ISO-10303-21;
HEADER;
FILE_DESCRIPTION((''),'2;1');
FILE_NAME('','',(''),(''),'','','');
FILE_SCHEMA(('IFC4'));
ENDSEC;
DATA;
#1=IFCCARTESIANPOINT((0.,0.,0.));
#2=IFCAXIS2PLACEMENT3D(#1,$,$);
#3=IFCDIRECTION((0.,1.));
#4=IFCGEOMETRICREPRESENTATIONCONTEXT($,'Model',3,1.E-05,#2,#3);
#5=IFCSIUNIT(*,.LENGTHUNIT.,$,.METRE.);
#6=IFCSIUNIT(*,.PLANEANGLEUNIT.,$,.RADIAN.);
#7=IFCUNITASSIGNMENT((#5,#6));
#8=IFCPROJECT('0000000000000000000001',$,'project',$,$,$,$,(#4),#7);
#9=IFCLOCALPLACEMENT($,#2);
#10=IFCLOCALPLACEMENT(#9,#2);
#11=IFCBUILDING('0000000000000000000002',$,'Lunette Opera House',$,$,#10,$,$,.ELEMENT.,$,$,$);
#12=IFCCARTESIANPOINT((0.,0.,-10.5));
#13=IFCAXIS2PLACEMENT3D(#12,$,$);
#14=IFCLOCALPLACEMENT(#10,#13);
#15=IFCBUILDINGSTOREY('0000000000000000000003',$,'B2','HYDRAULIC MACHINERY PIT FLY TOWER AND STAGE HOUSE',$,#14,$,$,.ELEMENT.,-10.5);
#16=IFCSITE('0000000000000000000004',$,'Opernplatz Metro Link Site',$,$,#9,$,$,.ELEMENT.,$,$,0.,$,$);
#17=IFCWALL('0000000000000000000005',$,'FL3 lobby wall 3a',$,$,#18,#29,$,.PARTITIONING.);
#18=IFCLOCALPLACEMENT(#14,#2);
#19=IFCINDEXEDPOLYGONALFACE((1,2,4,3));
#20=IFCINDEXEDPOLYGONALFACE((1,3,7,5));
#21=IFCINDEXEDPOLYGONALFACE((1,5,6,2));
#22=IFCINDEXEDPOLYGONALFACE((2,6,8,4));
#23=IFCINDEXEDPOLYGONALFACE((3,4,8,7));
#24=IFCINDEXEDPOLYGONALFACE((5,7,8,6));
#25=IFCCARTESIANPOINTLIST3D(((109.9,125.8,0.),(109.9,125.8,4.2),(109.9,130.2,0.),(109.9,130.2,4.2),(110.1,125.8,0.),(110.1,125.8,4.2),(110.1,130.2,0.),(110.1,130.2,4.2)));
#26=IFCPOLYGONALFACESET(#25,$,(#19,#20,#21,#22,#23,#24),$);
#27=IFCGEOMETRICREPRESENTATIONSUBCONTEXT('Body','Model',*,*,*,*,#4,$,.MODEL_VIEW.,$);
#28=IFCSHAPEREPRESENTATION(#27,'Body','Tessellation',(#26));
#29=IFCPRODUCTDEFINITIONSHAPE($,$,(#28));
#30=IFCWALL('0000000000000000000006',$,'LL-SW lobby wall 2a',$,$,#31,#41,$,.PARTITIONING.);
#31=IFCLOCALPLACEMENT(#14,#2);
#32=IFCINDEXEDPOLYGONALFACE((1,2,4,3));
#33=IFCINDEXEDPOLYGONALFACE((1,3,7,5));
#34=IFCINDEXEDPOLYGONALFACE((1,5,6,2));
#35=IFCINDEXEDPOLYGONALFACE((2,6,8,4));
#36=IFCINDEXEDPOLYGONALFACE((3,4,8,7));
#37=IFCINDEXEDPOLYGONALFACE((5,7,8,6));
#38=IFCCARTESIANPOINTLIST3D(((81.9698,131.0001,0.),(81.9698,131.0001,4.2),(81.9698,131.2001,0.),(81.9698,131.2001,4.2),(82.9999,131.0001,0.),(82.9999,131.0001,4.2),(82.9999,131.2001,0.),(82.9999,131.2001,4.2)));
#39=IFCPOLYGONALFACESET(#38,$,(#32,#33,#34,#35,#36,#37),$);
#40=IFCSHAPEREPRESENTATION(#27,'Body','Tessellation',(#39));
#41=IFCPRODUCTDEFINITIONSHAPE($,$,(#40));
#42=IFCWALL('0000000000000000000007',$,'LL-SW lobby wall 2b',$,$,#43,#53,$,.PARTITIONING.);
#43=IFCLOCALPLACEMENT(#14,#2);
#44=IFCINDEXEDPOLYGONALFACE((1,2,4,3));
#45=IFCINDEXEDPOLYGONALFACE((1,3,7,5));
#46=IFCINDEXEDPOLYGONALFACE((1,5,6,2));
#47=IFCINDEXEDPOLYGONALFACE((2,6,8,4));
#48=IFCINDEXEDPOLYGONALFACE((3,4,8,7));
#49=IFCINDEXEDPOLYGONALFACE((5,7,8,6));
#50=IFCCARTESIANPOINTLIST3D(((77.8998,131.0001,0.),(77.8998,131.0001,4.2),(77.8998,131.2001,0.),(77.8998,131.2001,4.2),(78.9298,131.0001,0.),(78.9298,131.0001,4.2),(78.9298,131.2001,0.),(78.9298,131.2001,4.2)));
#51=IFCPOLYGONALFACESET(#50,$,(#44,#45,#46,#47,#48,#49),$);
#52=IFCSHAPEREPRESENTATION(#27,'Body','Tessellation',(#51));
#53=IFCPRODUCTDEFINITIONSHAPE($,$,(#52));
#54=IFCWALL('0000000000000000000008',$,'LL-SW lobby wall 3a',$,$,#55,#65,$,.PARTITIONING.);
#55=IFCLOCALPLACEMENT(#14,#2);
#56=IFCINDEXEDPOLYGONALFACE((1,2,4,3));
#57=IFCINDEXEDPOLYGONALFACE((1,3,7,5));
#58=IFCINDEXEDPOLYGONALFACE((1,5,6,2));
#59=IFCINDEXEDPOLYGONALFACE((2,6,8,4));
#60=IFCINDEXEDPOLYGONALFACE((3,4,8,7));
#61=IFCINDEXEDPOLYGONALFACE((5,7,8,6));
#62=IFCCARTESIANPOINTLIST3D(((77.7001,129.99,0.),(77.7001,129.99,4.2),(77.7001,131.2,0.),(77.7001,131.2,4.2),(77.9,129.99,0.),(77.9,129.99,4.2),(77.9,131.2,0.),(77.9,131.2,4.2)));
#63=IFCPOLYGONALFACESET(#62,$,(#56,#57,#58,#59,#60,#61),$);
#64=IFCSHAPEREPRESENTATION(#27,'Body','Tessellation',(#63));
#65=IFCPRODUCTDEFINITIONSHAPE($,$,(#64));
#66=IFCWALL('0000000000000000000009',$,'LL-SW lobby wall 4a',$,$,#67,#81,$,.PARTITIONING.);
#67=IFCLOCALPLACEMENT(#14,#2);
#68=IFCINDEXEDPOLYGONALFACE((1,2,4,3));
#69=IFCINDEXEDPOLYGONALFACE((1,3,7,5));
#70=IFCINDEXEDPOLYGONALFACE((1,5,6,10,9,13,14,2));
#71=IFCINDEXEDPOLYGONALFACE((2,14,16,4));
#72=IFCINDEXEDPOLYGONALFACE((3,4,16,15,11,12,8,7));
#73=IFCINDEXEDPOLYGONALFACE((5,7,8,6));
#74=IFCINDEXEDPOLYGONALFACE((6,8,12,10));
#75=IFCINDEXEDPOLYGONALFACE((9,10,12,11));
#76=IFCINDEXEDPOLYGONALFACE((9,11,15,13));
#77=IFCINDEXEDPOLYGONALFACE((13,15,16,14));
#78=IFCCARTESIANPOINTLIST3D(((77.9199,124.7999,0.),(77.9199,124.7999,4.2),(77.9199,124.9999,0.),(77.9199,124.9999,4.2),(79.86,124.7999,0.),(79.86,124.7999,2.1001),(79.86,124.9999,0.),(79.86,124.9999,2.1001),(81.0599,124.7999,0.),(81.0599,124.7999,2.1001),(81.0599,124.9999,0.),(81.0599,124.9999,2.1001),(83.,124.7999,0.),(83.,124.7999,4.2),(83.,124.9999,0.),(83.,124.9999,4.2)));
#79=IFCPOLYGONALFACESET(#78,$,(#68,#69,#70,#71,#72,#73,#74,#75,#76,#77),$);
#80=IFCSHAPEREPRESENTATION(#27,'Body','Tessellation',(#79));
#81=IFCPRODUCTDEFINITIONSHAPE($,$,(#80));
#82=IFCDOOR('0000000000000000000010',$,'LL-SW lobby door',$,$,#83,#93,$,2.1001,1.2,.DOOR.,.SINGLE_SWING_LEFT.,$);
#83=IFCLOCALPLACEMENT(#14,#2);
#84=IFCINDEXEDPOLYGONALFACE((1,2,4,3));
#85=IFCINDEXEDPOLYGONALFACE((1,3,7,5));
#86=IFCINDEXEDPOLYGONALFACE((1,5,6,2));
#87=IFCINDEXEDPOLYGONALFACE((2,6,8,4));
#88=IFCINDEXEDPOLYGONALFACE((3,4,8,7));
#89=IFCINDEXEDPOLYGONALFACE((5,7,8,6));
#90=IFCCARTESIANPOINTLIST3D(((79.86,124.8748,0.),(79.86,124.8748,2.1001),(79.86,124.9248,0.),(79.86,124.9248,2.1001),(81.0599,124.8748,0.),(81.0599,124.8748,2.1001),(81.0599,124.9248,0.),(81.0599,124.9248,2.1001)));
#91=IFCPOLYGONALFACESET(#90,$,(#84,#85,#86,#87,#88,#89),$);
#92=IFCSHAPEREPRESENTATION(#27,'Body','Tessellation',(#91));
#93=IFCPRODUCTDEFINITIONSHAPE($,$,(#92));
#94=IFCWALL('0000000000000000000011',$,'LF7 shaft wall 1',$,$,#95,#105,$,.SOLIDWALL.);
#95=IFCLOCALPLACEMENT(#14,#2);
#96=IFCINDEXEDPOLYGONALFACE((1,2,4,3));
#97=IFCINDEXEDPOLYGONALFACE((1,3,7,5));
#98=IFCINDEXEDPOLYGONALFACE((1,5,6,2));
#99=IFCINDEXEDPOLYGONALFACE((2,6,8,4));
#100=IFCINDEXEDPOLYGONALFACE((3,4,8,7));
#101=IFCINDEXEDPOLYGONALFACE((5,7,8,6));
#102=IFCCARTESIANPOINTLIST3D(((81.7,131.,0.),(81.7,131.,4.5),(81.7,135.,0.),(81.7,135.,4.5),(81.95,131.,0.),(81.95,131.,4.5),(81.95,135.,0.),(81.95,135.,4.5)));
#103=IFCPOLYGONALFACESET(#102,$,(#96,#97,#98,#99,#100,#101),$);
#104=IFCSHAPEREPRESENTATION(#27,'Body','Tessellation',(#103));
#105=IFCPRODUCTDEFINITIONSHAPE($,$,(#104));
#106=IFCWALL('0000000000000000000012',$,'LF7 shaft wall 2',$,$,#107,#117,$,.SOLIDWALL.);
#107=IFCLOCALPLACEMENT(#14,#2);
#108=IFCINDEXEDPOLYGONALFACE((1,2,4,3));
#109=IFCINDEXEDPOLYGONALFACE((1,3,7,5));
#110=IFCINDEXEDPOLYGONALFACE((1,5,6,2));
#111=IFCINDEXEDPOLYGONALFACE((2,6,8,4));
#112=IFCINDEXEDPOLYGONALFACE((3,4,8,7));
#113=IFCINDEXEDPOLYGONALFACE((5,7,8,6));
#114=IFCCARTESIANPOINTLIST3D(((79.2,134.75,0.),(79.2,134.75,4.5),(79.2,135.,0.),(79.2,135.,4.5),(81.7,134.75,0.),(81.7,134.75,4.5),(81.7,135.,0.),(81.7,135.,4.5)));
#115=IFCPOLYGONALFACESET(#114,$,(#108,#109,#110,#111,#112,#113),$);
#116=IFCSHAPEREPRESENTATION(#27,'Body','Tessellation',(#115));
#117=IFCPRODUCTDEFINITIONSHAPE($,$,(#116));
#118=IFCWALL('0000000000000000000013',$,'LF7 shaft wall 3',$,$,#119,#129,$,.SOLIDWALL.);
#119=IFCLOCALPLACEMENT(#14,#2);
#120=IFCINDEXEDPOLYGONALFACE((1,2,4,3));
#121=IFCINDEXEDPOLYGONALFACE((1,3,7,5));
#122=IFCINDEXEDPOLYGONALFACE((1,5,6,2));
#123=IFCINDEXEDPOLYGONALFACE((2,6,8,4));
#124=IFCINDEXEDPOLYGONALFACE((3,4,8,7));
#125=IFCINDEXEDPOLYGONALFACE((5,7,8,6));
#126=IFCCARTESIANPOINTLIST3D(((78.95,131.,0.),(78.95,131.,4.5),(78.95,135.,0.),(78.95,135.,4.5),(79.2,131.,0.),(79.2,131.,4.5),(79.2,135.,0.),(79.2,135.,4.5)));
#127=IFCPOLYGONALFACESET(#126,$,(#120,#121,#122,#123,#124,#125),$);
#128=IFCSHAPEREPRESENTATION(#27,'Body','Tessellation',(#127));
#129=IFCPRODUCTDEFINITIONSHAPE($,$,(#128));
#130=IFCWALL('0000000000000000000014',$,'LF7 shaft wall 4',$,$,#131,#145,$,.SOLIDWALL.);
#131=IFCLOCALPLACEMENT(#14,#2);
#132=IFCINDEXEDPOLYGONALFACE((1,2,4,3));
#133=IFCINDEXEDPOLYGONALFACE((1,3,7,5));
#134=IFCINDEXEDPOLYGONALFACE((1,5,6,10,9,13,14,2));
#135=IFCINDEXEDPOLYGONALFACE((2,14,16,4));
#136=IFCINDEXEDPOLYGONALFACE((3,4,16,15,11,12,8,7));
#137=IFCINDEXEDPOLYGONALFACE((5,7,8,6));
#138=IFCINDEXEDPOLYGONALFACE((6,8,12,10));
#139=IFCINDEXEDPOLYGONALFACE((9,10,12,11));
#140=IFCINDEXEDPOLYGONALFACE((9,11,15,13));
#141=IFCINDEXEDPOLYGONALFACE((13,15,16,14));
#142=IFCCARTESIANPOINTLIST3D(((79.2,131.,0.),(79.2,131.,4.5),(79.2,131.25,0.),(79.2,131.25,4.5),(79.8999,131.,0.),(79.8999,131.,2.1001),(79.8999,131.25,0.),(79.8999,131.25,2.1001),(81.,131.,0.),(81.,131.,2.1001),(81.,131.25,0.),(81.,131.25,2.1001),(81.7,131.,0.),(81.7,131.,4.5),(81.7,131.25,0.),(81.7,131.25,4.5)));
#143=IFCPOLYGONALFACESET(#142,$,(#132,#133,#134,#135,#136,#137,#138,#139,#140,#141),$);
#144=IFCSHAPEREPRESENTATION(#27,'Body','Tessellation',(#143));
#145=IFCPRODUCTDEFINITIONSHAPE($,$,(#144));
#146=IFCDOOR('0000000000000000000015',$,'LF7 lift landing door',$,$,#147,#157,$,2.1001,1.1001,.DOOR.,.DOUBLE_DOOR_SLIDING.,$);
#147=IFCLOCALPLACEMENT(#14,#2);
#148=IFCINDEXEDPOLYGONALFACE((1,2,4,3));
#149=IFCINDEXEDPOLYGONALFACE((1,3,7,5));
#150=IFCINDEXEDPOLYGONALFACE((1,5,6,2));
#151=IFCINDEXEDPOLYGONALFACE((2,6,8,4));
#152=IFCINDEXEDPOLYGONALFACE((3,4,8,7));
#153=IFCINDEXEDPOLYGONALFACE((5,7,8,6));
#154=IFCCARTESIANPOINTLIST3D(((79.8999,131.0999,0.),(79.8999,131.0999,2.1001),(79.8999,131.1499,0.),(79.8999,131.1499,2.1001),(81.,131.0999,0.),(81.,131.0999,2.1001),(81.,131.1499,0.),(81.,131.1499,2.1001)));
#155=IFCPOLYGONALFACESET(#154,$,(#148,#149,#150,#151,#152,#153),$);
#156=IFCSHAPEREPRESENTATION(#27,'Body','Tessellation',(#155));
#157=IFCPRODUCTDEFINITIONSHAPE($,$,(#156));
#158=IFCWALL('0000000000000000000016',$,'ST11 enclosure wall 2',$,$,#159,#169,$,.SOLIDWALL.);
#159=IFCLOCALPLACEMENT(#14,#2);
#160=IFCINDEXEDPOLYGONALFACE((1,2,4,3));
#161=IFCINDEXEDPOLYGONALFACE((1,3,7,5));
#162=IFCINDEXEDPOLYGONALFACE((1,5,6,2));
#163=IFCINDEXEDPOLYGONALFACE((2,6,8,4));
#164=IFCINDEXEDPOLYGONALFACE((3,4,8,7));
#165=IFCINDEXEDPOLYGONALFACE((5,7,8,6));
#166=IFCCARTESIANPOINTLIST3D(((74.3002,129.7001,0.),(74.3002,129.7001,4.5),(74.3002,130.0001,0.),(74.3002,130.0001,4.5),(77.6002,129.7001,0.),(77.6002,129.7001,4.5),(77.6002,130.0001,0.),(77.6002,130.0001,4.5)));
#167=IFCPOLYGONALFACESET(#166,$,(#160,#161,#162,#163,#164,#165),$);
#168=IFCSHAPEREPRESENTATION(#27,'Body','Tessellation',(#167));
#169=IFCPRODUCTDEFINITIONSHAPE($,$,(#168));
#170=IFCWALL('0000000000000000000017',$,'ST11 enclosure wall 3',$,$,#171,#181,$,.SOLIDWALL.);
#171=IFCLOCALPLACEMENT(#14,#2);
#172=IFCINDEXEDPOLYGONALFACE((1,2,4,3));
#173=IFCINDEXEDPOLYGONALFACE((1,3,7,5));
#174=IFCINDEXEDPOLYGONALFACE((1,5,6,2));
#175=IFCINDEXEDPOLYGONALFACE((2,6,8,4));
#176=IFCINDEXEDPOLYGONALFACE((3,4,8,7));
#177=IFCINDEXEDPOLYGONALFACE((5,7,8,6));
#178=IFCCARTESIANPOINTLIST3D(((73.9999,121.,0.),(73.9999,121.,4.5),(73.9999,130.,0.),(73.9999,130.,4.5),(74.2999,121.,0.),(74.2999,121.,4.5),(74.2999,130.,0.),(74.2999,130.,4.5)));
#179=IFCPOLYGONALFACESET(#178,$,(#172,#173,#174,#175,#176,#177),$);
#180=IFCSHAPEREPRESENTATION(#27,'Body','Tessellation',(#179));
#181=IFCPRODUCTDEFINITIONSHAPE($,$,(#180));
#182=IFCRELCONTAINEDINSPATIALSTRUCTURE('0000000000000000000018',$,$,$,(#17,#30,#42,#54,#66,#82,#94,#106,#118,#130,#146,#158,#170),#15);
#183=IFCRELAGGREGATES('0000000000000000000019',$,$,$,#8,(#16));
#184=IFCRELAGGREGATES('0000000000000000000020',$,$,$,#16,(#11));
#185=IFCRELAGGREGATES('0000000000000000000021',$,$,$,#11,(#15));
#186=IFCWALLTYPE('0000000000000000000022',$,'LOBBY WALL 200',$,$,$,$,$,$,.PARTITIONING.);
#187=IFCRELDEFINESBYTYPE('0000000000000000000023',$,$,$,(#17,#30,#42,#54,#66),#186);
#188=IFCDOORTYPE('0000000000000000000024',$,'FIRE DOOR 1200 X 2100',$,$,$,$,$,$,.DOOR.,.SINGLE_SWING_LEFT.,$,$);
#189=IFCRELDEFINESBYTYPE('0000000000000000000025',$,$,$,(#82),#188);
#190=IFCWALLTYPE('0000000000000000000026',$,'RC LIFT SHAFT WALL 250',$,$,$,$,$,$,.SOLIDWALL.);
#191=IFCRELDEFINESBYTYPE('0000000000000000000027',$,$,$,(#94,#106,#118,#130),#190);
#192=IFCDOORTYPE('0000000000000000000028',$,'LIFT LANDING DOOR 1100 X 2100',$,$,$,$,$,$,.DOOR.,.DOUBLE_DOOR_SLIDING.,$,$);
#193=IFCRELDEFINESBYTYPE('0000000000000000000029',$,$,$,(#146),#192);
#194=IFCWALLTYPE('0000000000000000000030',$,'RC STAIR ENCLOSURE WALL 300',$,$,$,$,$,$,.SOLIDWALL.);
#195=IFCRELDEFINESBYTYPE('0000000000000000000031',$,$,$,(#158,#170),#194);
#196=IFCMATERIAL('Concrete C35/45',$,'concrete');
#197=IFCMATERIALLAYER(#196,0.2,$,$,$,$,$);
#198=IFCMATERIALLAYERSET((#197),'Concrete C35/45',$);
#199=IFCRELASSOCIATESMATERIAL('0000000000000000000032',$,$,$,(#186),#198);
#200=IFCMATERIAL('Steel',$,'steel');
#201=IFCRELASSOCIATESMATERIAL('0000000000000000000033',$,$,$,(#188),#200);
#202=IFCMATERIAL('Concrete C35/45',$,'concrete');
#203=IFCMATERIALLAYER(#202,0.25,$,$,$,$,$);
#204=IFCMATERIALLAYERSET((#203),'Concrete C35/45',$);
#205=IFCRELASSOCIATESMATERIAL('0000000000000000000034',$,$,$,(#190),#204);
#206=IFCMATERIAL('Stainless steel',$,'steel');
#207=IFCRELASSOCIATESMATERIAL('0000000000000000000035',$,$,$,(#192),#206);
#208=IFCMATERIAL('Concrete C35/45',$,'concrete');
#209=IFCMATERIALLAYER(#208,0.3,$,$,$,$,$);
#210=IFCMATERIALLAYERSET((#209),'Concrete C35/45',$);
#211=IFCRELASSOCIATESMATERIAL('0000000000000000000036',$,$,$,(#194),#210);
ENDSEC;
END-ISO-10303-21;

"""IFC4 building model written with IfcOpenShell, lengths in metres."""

from ifc_helpers import new_model, si_unit, direction, frame, frame_2d, origin, place, context, subcontext, project, spatial, rectangle, extrude, material, layer, layer_set, type_object, element, fill, save


model = new_model("IFC4")

# Units and contexts
model_context = context("Model", 3, precision=1e-05, world=origin(), true_north=direction((0.0, 1.0)))
body_context = subcontext(model_context, "Body", "Model", "MODEL_VIEW")
ifc_project = project(units=[si_unit("LENGTHUNIT", "METRE"), si_unit("PLANEANGLEUNIT", "RADIAN")], contexts=[model_context])

# Site, building, storey
site_placement = place(None, origin())
site = spatial("IfcSite", under=ifc_project, at=site_placement, Name="Opernplatz Metro Link Site", CompositionType="ELEMENT", RefElevation=0.0)
building_placement = place(site_placement, origin())
building = spatial("IfcBuilding", under=site, at=building_placement, Name="Lunette Opera House", CompositionType="ELEMENT")
storey_placement = place(building_placement, frame((0.0, 0.0, -10.5)))
storey = spatial("IfcBuildingStorey", under=building, at=storey_placement, Name="B2", Description="HYDRAULIC MACHINERY PIT FLY TOWER AND STAGE HOUSE", CompositionType="ELEMENT", Elevation=-10.5)

# Walls
ifc_material_1 = material(Name="Concrete C35/45", Category="concrete")
ifc_layer_1 = layer(ifc_material_1, 0.2)
ifc_layer_set_1 = layer_set([ifc_layer_1], Name="Concrete C35/45")
wall_type_1 = type_object("IfcWallType", Name="LOBBY WALL 200", PredefinedType="PARTITIONING", material=ifc_layer_set_1)
wall_1_placement = place(storey_placement, frame((110.0, 130.2, 0.0), z_axis=(0.0, 0.0, 1.0), x_axis=(0.0, -1.0, 0.0)))
element("IfcWall", 1, at=wall_1_placement, inside=storey, type_object=wall_type_1, Name="FL3 lobby wall 3a", PredefinedType="PARTITIONING", context=body_context, shape_type="SweptSolid", body=[
    extrude(rectangle(XDim=4.3999, YDim=0.2, at=frame_2d((2.2, 0.0))), origin(), (0.0, 0.0, 1.0), 4.2),
])
for number, where, z_axis, x_axis, name in (
    (2, (83.0, 131.1001, 0.0), (0.0, 0.0, 1.0), (-1.0, 0.0, 0.0), "LL-SW lobby wall 2a"),
    (3, (78.9299, 131.1001, 0.0), (0.0, 0.0, 1.0), (-1.0, 0.0, 0.0), "LL-SW lobby wall 2b"),
):
    element("IfcWall", number, at=place(storey_placement, frame(where, z_axis=z_axis, x_axis=x_axis)), inside=storey, type_object=wall_type_1, Name=name, PredefinedType="PARTITIONING", context=body_context, shape_type="SweptSolid", body=[
        extrude(rectangle(XDim=1.03, YDim=0.2, at=frame_2d((0.5151, 0.0))), origin(), (0.0, 0.0, 1.0), 4.2),
    ])
wall_2_placement = place(storey_placement, frame((77.8, 131.2, 0.0), z_axis=(0.0, 0.0, 1.0), x_axis=(0.0, -1.0, 0.0)))
element("IfcWall", 4, at=wall_2_placement, inside=storey, type_object=wall_type_1, Name="LL-SW lobby wall 3a", PredefinedType="PARTITIONING", context=body_context, shape_type="SweptSolid", body=[
    extrude(rectangle(XDim=1.21, YDim=0.2, at=frame_2d((0.605, 0.0))), origin(), (0.0, 0.0, 1.0), 4.2),
])

# Wall, opening, door
wall_3_placement = place(storey_placement, frame((77.9199, 124.8999, 0.0), z_axis=(0.0, 0.0, 1.0), x_axis=(1.0, 0.0, 0.0)))
wall_3 = element("IfcWall", 5, at=wall_3_placement, inside=storey, type_object=wall_type_1, Name="LL-SW lobby wall 4a", PredefinedType="PARTITIONING", context=body_context, shape_type="SweptSolid", body=[
    extrude(rectangle(XDim=5.0801, YDim=0.2, at=frame_2d((2.54, 0.0))), origin(), (0.0, 0.0, 1.0), 4.2),
])
opening_1_placement = place(wall_3_placement, frame((1.9399, 0.0, 0.0)))
opening_1 = element("IfcOpeningElement", 6, at=opening_1_placement, cuts=wall_3, PredefinedType="OPENING", context=body_context, shape_type="SweptSolid", body=[
    extrude(rectangle(XDim=1.2, YDim=2.1001, at=frame_2d((0.6001, 1.05))), frame((0.0, 0.1121, 0.0), z_axis=(0.0, -1.0, 0.0), x_axis=(1.0, 0.0, 0.0)), (0.0, 0.0, 1.0), 0.2239),
])
ifc_material_2 = material(Name="Steel", Category="steel")
door_type_1 = type_object("IfcDoorType", Name="FIRE DOOR 1200 X 2100", OperationType="SINGLE_SWING_LEFT", PredefinedType="DOOR", material=ifc_material_2)
door_1_placement = place(opening_1_placement, origin())
door_1 = element("IfcDoor", 7, at=door_1_placement, inside=storey, type_object=door_type_1, Name="LL-SW lobby door", OperationType="SINGLE_SWING_LEFT", OverallHeight=2.1001, OverallWidth=1.2, PredefinedType="DOOR", context=body_context, shape_type="SweptSolid", body=[
    extrude(rectangle(XDim=1.2, YDim=2.1001, at=frame_2d((0.6001, 1.05))), frame((0.0, 0.0249, 0.0), z_axis=(0.0, -1.0, 0.0), x_axis=(1.0, 0.0, 0.0)), (0.0, 0.0, 1.0), 0.05),
])
fill(opening_1, door_1)

# Walls
ifc_material_3 = material(Name="Concrete C35/45", Category="concrete")
ifc_layer_2 = layer(ifc_material_3, 0.25)
ifc_layer_set_2 = layer_set([ifc_layer_2], Name="Concrete C35/45")
wall_type_2 = type_object("IfcWallType", Name="RC LIFT SHAFT WALL 250", PredefinedType="SOLIDWALL", material=ifc_layer_set_2)
wall_4_placement = place(storey_placement, frame((81.825, 131.0, 0.0), z_axis=(0.0, 0.0, 1.0), x_axis=(0.0, 1.0, 0.0)))
element("IfcWall", 8, at=wall_4_placement, inside=storey, type_object=wall_type_2, Name="LF7 shaft wall 1", PredefinedType="SOLIDWALL", context=body_context, shape_type="SweptSolid", body=[
    extrude(rectangle(XDim=4.0, YDim=0.25, at=frame_2d((2.0, 0.0))), origin(), (0.0, 0.0, 1.0), 4.5),
])
wall_5_placement = place(storey_placement, frame((81.7, 134.875, 0.0), z_axis=(0.0, 0.0, 1.0), x_axis=(-1.0, 0.0, 0.0)))
element("IfcWall", 9, at=wall_5_placement, inside=storey, type_object=wall_type_2, Name="LF7 shaft wall 2", PredefinedType="SOLIDWALL", context=body_context, shape_type="SweptSolid", body=[
    extrude(rectangle(XDim=2.5, YDim=0.25, at=frame_2d((1.25, 0.0))), origin(), (0.0, 0.0, 1.0), 4.5),
])
wall_6_placement = place(storey_placement, frame((79.075, 135.0, 0.0), z_axis=(0.0, 0.0, 1.0), x_axis=(0.0, -1.0, 0.0)))
element("IfcWall", 10, at=wall_6_placement, inside=storey, type_object=wall_type_2, Name="LF7 shaft wall 3", PredefinedType="SOLIDWALL", context=body_context, shape_type="SweptSolid", body=[
    extrude(rectangle(XDim=4.0, YDim=0.25, at=frame_2d((2.0, 0.0))), origin(), (0.0, 0.0, 1.0), 4.5),
])

# Wall, opening, door
wall_7_placement = place(storey_placement, frame((79.2, 131.125, 0.0), z_axis=(0.0, 0.0, 1.0), x_axis=(1.0, 0.0, 0.0)))
wall_7 = element("IfcWall", 11, at=wall_7_placement, inside=storey, type_object=wall_type_2, Name="LF7 shaft wall 4", PredefinedType="SOLIDWALL", context=body_context, shape_type="SweptSolid", body=[
    extrude(rectangle(XDim=2.5, YDim=0.25, at=frame_2d((1.25, 0.0))), origin(), (0.0, 0.0, 1.0), 4.5),
])
opening_2_placement = place(wall_7_placement, frame((0.7, 0.0, 0.0)))
opening_2 = element("IfcOpeningElement", 12, at=opening_2_placement, cuts=wall_7, PredefinedType="OPENING", context=body_context, shape_type="SweptSolid", body=[
    extrude(rectangle(XDim=1.1001, YDim=2.1001, at=frame_2d((0.55, 1.05))), frame((0.0, 0.137, 0.0), z_axis=(0.0, -1.0, 0.0), x_axis=(1.0, 0.0, 0.0)), (0.0, 0.0, 1.0), 0.2739),
])
ifc_material_4 = material(Name="Stainless steel", Category="steel")
door_type_2 = type_object("IfcDoorType", Name="LIFT LANDING DOOR 1100 X 2100", OperationType="DOUBLE_DOOR_SLIDING", PredefinedType="DOOR", material=ifc_material_4)
door_2_placement = place(opening_2_placement, origin())
door_2 = element("IfcDoor", 13, at=door_2_placement, inside=storey, type_object=door_type_2, Name="LF7 lift landing door", OperationType="DOUBLE_DOOR_SLIDING", OverallHeight=2.1001, OverallWidth=1.1001, PredefinedType="DOOR", context=body_context, shape_type="SweptSolid", body=[
    extrude(rectangle(XDim=1.1001, YDim=2.1001, at=frame_2d((0.55, 1.05))), frame((0.0, 0.0249, 0.0), z_axis=(0.0, -1.0, 0.0), x_axis=(1.0, 0.0, 0.0)), (0.0, 0.0, 1.0), 0.05),
])
fill(opening_2, door_2)

# Walls
ifc_material_5 = material(Name="Concrete C35/45", Category="concrete")
ifc_layer_3 = layer(ifc_material_5, 0.3)
ifc_layer_set_3 = layer_set([ifc_layer_3], Name="Concrete C35/45")
wall_type_3 = type_object("IfcWallType", Name="RC STAIR ENCLOSURE WALL 300", PredefinedType="SOLIDWALL", material=ifc_layer_set_3)
wall_8_placement = place(storey_placement, frame((77.6001, 129.8501, 0.0), z_axis=(0.0, 0.0, 1.0), x_axis=(-1.0, 0.0, 0.0)))
element("IfcWall", 14, at=wall_8_placement, inside=storey, type_object=wall_type_3, Name="ST11 enclosure wall 2", PredefinedType="SOLIDWALL", context=body_context, shape_type="SweptSolid", body=[
    extrude(rectangle(XDim=3.3, YDim=0.3, at=frame_2d((1.6499, 0.0))), origin(), (0.0, 0.0, 1.0), 4.5),
])
wall_9_placement = place(storey_placement, frame((74.1499, 130.0, 0.0), z_axis=(0.0, 0.0, 1.0), x_axis=(0.0, -1.0, 0.0)))
element("IfcWall", 15, at=wall_9_placement, inside=storey, type_object=wall_type_3, Name="ST11 enclosure wall 3", PredefinedType="SOLIDWALL", context=body_context, shape_type="SweptSolid", body=[
    extrude(rectangle(XDim=9.0, YDim=0.3, at=frame_2d((4.5, 0.0))), origin(), (0.0, 0.0, 1.0), 4.5),
])

save(model, "model.ifc")
